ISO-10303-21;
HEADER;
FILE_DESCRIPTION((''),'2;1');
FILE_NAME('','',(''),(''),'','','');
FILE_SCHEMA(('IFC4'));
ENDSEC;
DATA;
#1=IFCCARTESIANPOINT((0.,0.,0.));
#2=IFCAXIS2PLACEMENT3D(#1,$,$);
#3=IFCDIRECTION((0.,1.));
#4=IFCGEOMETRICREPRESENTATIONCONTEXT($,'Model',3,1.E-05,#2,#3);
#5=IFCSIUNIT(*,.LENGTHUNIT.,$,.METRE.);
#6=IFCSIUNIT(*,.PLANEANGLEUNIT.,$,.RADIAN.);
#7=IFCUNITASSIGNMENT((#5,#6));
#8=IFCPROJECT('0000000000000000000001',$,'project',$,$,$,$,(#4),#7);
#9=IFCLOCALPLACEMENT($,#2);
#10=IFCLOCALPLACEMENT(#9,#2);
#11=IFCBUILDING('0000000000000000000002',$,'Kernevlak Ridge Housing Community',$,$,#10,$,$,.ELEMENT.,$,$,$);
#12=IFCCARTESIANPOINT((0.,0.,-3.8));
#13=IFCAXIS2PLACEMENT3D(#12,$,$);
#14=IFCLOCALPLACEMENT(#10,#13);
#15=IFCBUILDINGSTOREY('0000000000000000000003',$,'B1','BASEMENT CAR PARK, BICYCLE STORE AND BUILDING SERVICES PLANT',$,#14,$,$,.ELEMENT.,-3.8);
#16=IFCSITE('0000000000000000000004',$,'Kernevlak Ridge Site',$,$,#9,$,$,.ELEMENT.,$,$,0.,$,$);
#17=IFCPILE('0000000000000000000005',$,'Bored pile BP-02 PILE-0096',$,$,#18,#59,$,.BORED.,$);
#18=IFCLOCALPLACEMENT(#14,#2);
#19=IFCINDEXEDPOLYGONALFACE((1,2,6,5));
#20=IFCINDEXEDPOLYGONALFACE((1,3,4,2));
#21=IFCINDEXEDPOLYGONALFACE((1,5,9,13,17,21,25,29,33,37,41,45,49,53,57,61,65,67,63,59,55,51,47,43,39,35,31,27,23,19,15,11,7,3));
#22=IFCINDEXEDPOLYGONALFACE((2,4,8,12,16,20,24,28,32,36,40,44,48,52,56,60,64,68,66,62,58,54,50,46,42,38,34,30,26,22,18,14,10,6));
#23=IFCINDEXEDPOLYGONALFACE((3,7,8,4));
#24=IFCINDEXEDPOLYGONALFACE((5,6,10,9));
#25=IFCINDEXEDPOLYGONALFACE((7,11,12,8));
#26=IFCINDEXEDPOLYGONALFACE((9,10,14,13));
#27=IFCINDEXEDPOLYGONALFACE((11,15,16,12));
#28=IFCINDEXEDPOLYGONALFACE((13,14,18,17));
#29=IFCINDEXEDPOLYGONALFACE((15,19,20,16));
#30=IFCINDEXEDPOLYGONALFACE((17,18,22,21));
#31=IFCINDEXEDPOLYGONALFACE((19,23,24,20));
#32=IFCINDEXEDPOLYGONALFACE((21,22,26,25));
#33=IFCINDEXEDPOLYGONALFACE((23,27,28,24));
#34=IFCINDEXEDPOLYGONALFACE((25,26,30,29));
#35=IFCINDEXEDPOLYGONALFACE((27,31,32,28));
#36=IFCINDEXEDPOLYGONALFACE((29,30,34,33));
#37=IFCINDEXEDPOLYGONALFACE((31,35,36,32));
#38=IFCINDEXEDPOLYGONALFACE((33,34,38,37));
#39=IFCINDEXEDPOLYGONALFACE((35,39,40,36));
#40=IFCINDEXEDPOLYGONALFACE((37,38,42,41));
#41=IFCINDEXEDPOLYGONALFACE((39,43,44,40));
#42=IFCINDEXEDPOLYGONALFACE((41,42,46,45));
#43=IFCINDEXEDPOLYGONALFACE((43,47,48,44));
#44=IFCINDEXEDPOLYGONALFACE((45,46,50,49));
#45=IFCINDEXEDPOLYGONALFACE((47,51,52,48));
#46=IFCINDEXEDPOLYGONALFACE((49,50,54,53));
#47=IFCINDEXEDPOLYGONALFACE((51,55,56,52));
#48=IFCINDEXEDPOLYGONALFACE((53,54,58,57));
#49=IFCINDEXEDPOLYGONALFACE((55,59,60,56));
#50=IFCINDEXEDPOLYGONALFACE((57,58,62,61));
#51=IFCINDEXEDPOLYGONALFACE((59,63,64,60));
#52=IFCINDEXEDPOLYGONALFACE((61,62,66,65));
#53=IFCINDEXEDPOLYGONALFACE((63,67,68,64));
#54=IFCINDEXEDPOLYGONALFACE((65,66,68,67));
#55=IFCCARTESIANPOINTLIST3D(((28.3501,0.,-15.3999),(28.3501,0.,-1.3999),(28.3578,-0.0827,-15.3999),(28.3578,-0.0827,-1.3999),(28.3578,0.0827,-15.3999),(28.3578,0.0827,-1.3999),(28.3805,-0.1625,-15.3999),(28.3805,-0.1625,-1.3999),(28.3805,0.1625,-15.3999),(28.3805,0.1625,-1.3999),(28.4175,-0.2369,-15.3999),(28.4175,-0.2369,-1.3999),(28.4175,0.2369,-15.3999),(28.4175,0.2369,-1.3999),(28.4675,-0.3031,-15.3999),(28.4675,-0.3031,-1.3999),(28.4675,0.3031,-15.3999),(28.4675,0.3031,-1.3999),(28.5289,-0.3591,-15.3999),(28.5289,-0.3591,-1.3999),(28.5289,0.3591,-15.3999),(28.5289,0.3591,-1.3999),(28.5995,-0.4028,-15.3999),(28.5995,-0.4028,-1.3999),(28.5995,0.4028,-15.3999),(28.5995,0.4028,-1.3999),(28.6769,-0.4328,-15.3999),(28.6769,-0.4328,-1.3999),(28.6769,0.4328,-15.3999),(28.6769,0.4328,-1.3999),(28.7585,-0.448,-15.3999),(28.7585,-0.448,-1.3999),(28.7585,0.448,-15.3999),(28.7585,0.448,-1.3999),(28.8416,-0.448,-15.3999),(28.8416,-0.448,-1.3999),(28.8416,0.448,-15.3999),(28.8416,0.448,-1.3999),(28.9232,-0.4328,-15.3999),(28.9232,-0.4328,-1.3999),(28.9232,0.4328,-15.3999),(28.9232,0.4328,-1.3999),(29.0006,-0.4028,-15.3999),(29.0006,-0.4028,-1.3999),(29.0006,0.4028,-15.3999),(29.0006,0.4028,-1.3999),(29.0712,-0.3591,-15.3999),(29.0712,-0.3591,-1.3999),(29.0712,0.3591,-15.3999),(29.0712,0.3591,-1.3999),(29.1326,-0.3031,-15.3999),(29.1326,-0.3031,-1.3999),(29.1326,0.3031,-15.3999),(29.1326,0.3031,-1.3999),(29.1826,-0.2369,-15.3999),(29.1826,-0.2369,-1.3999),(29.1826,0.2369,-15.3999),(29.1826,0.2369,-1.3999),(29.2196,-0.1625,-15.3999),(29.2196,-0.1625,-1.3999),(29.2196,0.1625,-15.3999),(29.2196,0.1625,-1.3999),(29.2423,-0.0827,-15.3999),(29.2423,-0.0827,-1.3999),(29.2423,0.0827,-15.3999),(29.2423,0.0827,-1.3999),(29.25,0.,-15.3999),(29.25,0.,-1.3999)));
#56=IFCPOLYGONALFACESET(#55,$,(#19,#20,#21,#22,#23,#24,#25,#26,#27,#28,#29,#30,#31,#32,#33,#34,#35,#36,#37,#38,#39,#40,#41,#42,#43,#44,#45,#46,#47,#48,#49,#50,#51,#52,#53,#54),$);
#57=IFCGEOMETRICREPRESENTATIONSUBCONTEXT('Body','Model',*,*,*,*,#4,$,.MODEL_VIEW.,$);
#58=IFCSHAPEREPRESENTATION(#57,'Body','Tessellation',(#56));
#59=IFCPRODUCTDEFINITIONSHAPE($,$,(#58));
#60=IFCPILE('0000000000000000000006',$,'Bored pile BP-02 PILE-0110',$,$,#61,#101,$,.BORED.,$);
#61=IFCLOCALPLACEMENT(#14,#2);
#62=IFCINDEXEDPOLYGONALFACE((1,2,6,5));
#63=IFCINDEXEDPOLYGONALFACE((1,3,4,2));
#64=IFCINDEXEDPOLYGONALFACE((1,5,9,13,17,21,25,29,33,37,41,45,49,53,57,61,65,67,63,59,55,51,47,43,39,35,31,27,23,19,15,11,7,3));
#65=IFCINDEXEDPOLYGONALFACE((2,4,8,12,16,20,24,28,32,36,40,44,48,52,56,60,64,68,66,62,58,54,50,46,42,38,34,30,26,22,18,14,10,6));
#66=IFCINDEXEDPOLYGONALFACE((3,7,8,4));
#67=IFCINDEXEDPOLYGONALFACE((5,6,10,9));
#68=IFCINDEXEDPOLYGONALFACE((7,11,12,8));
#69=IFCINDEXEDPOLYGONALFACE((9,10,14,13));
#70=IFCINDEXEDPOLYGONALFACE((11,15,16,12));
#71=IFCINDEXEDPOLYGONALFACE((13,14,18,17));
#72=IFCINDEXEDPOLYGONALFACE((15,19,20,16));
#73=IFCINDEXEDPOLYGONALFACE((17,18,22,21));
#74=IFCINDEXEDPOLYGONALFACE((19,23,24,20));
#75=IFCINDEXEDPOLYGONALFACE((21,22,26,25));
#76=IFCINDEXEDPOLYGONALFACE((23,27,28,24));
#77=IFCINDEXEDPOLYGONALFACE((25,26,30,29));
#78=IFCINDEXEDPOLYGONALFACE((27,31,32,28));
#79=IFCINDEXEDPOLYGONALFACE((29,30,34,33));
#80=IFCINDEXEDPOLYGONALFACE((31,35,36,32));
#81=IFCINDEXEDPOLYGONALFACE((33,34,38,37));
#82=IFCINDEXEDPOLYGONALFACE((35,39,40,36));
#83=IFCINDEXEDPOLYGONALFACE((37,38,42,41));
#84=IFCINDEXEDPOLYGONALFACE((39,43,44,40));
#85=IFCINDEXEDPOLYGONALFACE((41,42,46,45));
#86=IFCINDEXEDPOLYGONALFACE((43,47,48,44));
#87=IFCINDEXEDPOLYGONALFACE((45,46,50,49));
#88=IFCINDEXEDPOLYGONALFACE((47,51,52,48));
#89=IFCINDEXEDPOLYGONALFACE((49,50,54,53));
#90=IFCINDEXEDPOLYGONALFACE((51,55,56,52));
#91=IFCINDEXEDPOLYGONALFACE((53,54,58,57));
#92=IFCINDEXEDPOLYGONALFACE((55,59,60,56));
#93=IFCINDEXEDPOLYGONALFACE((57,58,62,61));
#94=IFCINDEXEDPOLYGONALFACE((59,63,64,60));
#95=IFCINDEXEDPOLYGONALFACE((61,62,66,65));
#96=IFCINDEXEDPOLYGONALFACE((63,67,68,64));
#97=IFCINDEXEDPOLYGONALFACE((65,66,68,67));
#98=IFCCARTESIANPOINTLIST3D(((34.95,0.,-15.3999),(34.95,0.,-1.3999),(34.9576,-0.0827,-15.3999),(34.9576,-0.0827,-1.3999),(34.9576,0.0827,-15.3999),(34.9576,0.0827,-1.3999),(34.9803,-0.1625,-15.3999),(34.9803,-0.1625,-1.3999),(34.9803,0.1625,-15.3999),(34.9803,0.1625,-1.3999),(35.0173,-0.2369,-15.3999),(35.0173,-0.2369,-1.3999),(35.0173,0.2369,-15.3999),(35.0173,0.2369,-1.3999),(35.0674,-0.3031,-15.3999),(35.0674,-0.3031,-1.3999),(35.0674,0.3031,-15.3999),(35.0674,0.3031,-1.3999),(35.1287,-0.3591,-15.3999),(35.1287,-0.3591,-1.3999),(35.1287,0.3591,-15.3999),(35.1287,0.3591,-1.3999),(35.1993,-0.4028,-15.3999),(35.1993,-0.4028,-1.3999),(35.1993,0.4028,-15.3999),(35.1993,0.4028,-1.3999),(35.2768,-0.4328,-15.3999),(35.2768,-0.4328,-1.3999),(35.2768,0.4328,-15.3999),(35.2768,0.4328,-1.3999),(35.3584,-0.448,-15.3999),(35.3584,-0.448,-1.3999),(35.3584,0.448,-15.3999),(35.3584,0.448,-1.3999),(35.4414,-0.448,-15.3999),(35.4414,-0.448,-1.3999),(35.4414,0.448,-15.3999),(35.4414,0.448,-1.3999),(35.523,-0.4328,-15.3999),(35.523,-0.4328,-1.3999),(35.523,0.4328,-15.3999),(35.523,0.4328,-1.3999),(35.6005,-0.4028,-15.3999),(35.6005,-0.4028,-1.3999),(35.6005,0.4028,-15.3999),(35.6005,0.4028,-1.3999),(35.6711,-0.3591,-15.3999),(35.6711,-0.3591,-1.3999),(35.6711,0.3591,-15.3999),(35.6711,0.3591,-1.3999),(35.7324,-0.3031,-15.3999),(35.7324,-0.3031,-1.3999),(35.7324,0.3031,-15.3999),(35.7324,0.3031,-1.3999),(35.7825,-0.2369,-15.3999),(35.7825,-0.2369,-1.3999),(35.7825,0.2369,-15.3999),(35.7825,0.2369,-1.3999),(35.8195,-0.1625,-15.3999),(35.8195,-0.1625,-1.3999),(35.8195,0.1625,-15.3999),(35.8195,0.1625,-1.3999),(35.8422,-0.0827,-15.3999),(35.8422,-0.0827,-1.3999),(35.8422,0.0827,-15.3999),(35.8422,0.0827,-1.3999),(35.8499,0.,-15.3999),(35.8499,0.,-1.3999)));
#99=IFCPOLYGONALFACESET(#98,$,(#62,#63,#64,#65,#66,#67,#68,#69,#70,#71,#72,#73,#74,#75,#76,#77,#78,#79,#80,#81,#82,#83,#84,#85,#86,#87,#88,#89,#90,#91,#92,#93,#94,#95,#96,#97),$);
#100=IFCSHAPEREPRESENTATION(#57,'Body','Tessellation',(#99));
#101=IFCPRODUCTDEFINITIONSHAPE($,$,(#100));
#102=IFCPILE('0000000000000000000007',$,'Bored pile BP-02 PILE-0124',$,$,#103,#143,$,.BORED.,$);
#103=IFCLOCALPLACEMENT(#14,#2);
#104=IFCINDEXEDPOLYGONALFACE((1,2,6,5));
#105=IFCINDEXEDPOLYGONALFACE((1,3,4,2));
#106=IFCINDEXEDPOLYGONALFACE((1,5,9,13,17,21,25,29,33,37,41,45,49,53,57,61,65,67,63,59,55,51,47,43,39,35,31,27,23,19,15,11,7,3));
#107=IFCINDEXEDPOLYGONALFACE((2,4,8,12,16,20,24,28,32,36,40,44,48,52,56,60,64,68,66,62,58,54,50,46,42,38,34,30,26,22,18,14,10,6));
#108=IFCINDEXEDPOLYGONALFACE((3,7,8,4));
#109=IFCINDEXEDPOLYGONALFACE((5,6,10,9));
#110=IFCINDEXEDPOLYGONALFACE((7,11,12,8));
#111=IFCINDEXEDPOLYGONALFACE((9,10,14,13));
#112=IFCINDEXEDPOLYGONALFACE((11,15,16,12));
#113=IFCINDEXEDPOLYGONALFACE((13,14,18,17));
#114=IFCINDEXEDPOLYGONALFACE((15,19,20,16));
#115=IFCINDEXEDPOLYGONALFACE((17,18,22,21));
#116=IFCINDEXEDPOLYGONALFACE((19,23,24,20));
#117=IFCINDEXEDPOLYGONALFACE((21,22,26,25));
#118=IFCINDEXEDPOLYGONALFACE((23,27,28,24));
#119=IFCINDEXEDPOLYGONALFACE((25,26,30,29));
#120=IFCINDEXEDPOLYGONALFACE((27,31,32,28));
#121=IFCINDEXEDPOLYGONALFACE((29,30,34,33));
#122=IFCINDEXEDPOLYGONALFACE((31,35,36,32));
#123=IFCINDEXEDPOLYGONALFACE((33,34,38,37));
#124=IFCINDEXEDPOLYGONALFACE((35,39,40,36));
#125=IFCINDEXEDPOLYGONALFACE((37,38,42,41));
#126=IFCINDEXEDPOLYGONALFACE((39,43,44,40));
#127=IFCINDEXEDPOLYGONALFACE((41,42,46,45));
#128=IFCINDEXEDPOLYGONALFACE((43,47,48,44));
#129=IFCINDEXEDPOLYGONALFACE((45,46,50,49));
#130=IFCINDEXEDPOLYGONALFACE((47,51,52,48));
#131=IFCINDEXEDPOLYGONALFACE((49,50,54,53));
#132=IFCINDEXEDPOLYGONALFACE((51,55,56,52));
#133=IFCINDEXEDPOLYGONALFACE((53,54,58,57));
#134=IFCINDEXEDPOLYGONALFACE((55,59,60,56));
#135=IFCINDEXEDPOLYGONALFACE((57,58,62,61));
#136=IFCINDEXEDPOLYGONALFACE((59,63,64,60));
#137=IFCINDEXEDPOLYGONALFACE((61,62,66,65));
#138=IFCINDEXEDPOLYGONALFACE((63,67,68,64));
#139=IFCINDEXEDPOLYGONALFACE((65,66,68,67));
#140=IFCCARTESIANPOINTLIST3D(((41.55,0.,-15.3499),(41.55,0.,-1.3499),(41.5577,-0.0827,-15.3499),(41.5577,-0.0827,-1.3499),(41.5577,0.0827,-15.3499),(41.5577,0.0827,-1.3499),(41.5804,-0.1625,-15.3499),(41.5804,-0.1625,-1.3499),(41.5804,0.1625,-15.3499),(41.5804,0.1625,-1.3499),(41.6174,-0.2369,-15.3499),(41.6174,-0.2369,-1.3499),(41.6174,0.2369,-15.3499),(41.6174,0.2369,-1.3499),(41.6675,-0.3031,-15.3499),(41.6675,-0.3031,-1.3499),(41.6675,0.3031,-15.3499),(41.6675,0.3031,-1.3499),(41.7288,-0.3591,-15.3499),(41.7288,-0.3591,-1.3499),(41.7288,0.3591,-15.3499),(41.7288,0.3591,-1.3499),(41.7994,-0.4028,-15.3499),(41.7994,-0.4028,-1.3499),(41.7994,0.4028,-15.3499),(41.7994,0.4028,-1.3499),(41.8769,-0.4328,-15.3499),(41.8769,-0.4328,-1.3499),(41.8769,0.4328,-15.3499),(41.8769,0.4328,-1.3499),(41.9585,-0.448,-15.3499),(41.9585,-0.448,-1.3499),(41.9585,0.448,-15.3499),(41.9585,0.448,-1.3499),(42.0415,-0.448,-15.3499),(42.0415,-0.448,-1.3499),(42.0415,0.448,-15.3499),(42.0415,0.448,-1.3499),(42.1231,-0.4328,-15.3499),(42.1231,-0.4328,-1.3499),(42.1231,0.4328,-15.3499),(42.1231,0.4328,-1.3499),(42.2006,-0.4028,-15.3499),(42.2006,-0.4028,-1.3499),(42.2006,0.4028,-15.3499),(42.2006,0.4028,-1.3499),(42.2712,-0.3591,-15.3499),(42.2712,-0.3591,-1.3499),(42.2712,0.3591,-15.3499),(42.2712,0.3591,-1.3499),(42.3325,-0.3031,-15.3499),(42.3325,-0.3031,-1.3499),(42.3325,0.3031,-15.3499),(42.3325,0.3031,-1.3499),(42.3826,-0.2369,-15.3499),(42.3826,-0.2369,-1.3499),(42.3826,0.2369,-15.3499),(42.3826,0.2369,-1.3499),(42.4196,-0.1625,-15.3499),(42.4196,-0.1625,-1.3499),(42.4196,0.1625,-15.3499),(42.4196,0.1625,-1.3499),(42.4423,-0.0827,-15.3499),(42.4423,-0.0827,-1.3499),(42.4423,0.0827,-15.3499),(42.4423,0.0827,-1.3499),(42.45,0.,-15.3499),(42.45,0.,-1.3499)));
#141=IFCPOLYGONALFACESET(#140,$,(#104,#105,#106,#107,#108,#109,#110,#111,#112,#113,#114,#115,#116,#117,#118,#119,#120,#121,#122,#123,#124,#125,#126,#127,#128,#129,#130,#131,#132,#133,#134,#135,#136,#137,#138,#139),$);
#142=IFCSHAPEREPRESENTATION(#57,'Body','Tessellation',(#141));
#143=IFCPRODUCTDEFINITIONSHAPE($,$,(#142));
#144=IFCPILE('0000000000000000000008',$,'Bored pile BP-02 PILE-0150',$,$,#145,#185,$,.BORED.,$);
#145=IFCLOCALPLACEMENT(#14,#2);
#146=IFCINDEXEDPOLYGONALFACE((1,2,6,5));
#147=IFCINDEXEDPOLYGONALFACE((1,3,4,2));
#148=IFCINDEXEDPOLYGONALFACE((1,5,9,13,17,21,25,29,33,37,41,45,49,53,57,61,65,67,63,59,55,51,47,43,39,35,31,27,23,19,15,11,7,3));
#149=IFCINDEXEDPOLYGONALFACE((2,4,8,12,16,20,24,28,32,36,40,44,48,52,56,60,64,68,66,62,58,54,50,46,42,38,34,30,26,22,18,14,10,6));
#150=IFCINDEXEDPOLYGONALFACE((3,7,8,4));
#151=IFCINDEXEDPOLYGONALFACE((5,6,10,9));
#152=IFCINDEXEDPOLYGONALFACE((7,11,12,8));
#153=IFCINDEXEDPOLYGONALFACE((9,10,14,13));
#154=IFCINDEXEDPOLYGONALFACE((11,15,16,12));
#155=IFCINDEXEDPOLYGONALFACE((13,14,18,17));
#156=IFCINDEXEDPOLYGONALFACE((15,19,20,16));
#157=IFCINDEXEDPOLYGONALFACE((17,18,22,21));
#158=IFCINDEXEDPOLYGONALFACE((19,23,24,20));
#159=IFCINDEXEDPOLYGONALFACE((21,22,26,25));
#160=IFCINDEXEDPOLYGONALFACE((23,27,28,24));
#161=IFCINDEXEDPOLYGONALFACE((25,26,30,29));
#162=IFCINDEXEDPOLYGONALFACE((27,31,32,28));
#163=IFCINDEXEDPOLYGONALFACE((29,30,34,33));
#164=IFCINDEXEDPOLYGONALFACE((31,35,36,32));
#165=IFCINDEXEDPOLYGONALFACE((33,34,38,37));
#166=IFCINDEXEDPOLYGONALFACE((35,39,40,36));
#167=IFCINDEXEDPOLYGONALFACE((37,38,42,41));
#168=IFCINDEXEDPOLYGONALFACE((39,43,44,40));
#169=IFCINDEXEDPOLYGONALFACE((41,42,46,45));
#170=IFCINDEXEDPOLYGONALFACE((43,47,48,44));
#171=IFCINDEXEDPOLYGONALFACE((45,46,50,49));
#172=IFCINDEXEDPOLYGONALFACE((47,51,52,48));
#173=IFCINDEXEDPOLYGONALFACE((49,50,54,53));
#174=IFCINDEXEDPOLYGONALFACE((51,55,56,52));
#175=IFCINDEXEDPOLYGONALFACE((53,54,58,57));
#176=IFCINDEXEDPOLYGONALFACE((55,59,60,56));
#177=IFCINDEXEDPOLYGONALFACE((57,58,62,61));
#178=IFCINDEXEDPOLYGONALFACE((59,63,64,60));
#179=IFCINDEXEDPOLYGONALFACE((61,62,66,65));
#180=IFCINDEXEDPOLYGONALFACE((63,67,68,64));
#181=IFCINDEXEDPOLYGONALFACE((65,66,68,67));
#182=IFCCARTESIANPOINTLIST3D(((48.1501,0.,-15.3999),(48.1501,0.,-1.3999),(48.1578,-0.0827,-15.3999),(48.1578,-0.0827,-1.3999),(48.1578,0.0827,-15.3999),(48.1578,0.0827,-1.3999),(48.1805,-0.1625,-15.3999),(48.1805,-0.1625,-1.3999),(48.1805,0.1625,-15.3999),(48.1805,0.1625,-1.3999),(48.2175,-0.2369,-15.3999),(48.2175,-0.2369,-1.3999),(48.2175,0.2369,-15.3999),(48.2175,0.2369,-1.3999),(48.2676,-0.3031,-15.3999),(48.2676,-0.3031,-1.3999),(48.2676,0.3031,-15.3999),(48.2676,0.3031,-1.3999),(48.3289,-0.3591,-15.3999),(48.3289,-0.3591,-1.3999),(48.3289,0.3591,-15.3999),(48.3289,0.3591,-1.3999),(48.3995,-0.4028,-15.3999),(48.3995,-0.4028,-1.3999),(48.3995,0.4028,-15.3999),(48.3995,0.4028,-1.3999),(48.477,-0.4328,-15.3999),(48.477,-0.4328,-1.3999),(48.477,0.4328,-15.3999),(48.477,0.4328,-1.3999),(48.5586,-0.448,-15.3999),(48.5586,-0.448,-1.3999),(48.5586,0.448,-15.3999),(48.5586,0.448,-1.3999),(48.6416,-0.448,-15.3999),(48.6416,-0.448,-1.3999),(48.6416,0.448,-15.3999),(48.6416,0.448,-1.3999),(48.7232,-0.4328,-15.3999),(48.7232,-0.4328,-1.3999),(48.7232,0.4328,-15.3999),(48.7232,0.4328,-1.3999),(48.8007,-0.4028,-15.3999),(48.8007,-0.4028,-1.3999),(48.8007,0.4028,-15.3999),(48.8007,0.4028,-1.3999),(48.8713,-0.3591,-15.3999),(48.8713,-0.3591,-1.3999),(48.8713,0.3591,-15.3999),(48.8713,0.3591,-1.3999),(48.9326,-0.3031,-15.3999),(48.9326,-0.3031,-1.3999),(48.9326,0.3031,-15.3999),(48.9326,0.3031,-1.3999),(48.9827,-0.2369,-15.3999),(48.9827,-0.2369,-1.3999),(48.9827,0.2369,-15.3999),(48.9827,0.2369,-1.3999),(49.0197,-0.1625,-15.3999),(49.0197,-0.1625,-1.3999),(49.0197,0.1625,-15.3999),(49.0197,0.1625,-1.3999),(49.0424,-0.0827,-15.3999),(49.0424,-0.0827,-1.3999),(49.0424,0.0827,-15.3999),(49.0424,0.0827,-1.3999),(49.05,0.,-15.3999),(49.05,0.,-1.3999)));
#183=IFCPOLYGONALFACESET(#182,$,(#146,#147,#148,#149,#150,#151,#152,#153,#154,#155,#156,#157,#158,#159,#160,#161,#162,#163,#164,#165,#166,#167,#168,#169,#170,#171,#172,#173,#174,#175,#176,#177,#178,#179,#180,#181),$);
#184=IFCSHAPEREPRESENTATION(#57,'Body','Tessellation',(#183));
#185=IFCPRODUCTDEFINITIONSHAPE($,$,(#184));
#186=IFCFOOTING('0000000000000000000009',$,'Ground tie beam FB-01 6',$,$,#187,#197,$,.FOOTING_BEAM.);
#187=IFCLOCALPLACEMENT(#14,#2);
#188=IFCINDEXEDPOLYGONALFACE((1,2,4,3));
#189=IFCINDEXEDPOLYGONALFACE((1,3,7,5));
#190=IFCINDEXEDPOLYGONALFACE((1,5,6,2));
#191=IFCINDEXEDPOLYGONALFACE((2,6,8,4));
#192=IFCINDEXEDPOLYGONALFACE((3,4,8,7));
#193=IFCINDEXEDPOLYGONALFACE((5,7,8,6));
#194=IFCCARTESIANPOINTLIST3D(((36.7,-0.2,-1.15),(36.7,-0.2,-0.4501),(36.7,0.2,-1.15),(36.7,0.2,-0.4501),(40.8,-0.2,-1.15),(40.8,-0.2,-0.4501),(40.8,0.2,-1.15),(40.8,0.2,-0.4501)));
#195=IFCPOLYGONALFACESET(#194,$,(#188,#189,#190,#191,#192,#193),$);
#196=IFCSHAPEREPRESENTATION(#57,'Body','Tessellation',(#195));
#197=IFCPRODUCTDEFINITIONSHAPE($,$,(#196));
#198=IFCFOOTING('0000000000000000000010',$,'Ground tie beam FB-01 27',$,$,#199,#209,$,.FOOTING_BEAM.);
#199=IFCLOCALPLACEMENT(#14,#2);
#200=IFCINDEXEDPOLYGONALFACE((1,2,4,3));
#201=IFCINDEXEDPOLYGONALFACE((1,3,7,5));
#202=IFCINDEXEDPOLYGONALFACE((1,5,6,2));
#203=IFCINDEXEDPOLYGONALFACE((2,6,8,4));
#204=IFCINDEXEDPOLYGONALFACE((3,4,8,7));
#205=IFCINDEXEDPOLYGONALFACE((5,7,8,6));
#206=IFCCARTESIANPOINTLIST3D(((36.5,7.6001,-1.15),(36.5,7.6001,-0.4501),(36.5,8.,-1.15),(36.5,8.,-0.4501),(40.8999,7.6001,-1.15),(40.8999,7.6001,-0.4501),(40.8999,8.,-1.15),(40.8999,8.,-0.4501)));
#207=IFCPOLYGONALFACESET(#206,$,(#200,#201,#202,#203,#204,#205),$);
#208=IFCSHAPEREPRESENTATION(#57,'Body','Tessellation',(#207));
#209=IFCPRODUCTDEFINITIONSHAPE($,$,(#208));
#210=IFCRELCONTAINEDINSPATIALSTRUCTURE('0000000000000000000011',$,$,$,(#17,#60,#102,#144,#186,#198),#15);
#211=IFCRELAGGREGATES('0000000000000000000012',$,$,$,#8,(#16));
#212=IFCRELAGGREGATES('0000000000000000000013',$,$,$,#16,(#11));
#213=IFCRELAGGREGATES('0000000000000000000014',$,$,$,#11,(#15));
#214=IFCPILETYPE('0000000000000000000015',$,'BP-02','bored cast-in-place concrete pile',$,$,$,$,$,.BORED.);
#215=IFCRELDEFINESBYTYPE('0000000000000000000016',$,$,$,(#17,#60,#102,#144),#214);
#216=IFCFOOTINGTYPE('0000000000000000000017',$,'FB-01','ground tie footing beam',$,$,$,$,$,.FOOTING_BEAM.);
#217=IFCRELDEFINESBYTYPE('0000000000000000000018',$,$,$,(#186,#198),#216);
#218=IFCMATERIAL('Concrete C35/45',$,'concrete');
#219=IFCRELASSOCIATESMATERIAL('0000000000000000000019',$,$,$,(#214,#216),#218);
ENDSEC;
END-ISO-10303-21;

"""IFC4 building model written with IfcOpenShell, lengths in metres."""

from ifc_helpers import new_model, si_unit, direction, frame, origin, origin_2d, place, context, subcontext, project, spatial, rectangle, circle, extrude, material, material_profile, profile_set, type_object, element, save


model = new_model("IFC4")

# Units and contexts
model_context = context("Model", 3, precision=1e-05, world=origin(), true_north=direction((0.0, 1.0)))
body_context = subcontext(model_context, "Body", "Model", "MODEL_VIEW")
ifc_project = project(units=[si_unit("LENGTHUNIT", "METRE"), si_unit("PLANEANGLEUNIT", "RADIAN")], contexts=[model_context])

# Site, building, storey
site_placement = place(None, origin())
site = spatial("IfcSite", under=ifc_project, at=site_placement, Name="Kernevlak Ridge Site", CompositionType="ELEMENT", RefElevation=0.0)
building_placement = place(site_placement, origin())
building = spatial("IfcBuilding", under=site, at=building_placement, Name="Kernevlak Ridge Housing Community", CompositionType="ELEMENT")
storey_placement = place(building_placement, frame((0.0, 0.0, -3.8)))
storey = spatial("IfcBuildingStorey", under=building, at=storey_placement, Name="B1", Description="BASEMENT CAR PARK, BICYCLE STORE AND BUILDING SERVICES PLANT", CompositionType="ELEMENT", Elevation=-3.8)

# Piles
ifc_material_1 = material(Name="Concrete C35/45", Category="concrete")
ifc_material_profile_1 = material_profile(ifc_material_1, circle(Radius=0.45, at=origin_2d()), Name="BORED PILE 900")
ifc_profile_set_1 = profile_set([ifc_material_profile_1], Name="Concrete C35/45")
pile_type = type_object("IfcPileType", Name="BP-02", Description="bored cast-in-place concrete pile", PredefinedType="BORED", material=ifc_profile_set_1)
for number, where, z_axis, x_axis, name in (
    (1, (28.8, 0.0, -1.3999), (0.0, 0.0, -1.0), (1.0, 0.0, 0.0), "Bored pile BP-02 PILE-0096"),
    (2, (35.3999, 0.0, -1.3999), (0.0, 0.0, -1.0), (1.0, 0.0, 0.0), "Bored pile BP-02 PILE-0110"),
    (3, (42.0, 0.0, -1.3499), (0.0, 0.0, -1.0), (1.0, 0.0, 0.0), "Bored pile BP-02 PILE-0124"),
    (4, (48.6001, 0.0, -1.3999), (0.0, 0.0, -1.0), (1.0, 0.0, 0.0), "Bored pile BP-02 PILE-0150"),
):
    element("IfcPile", number, at=place(storey_placement, frame(where, z_axis=z_axis, x_axis=x_axis)), inside=storey, type_object=pile_type, Name=name, PredefinedType="BORED", context=body_context, shape_type="SweptSolid", body=[
        extrude(circle(Radius=0.45, at=origin_2d()), origin(), (0.0, 0.0, 1.0), 14.0),
    ])

# Footings
ifc_material_profile_2 = material_profile(ifc_material_1, rectangle(XDim=0.3999, YDim=0.7, at=origin_2d()), Name="RC 400x700")
ifc_profile_set_2 = profile_set([ifc_material_profile_2], Name="Concrete C35/45")
footing_type_1 = type_object("IfcFootingType", Name="FB-01", Description="ground tie footing beam", PredefinedType="FOOTING_BEAM", material=ifc_profile_set_2)
footing_1_placement = place(storey_placement, frame((36.7, 0.0, -0.8), z_axis=(1.0, 0.0, 0.0), x_axis=(0.0, 1.0, 0.0)))
element("IfcFooting", 5, at=footing_1_placement, inside=storey, type_object=footing_type_1, Name="Ground tie beam FB-01 6", PredefinedType="FOOTING_BEAM", context=body_context, shape_type="SweptSolid", body=[
    extrude(rectangle(XDim=0.3999, YDim=0.7, at=origin_2d()), origin(), (0.0, 0.0, 1.0), 4.1001),
])
footing_2_placement = place(storey_placement, frame((36.5, 7.8, -0.8), z_axis=(1.0, 0.0, 0.0), x_axis=(0.0, 1.0, 0.0)))
element("IfcFooting", 6, at=footing_2_placement, inside=storey, type_object=footing_type_1, Name="Ground tie beam FB-01 27", PredefinedType="FOOTING_BEAM", context=body_context, shape_type="SweptSolid", body=[
    extrude(rectangle(XDim=0.3999, YDim=0.7, at=origin_2d()), origin(), (0.0, 0.0, 1.0), 4.3999),
])

save(model, "model.ifc")
